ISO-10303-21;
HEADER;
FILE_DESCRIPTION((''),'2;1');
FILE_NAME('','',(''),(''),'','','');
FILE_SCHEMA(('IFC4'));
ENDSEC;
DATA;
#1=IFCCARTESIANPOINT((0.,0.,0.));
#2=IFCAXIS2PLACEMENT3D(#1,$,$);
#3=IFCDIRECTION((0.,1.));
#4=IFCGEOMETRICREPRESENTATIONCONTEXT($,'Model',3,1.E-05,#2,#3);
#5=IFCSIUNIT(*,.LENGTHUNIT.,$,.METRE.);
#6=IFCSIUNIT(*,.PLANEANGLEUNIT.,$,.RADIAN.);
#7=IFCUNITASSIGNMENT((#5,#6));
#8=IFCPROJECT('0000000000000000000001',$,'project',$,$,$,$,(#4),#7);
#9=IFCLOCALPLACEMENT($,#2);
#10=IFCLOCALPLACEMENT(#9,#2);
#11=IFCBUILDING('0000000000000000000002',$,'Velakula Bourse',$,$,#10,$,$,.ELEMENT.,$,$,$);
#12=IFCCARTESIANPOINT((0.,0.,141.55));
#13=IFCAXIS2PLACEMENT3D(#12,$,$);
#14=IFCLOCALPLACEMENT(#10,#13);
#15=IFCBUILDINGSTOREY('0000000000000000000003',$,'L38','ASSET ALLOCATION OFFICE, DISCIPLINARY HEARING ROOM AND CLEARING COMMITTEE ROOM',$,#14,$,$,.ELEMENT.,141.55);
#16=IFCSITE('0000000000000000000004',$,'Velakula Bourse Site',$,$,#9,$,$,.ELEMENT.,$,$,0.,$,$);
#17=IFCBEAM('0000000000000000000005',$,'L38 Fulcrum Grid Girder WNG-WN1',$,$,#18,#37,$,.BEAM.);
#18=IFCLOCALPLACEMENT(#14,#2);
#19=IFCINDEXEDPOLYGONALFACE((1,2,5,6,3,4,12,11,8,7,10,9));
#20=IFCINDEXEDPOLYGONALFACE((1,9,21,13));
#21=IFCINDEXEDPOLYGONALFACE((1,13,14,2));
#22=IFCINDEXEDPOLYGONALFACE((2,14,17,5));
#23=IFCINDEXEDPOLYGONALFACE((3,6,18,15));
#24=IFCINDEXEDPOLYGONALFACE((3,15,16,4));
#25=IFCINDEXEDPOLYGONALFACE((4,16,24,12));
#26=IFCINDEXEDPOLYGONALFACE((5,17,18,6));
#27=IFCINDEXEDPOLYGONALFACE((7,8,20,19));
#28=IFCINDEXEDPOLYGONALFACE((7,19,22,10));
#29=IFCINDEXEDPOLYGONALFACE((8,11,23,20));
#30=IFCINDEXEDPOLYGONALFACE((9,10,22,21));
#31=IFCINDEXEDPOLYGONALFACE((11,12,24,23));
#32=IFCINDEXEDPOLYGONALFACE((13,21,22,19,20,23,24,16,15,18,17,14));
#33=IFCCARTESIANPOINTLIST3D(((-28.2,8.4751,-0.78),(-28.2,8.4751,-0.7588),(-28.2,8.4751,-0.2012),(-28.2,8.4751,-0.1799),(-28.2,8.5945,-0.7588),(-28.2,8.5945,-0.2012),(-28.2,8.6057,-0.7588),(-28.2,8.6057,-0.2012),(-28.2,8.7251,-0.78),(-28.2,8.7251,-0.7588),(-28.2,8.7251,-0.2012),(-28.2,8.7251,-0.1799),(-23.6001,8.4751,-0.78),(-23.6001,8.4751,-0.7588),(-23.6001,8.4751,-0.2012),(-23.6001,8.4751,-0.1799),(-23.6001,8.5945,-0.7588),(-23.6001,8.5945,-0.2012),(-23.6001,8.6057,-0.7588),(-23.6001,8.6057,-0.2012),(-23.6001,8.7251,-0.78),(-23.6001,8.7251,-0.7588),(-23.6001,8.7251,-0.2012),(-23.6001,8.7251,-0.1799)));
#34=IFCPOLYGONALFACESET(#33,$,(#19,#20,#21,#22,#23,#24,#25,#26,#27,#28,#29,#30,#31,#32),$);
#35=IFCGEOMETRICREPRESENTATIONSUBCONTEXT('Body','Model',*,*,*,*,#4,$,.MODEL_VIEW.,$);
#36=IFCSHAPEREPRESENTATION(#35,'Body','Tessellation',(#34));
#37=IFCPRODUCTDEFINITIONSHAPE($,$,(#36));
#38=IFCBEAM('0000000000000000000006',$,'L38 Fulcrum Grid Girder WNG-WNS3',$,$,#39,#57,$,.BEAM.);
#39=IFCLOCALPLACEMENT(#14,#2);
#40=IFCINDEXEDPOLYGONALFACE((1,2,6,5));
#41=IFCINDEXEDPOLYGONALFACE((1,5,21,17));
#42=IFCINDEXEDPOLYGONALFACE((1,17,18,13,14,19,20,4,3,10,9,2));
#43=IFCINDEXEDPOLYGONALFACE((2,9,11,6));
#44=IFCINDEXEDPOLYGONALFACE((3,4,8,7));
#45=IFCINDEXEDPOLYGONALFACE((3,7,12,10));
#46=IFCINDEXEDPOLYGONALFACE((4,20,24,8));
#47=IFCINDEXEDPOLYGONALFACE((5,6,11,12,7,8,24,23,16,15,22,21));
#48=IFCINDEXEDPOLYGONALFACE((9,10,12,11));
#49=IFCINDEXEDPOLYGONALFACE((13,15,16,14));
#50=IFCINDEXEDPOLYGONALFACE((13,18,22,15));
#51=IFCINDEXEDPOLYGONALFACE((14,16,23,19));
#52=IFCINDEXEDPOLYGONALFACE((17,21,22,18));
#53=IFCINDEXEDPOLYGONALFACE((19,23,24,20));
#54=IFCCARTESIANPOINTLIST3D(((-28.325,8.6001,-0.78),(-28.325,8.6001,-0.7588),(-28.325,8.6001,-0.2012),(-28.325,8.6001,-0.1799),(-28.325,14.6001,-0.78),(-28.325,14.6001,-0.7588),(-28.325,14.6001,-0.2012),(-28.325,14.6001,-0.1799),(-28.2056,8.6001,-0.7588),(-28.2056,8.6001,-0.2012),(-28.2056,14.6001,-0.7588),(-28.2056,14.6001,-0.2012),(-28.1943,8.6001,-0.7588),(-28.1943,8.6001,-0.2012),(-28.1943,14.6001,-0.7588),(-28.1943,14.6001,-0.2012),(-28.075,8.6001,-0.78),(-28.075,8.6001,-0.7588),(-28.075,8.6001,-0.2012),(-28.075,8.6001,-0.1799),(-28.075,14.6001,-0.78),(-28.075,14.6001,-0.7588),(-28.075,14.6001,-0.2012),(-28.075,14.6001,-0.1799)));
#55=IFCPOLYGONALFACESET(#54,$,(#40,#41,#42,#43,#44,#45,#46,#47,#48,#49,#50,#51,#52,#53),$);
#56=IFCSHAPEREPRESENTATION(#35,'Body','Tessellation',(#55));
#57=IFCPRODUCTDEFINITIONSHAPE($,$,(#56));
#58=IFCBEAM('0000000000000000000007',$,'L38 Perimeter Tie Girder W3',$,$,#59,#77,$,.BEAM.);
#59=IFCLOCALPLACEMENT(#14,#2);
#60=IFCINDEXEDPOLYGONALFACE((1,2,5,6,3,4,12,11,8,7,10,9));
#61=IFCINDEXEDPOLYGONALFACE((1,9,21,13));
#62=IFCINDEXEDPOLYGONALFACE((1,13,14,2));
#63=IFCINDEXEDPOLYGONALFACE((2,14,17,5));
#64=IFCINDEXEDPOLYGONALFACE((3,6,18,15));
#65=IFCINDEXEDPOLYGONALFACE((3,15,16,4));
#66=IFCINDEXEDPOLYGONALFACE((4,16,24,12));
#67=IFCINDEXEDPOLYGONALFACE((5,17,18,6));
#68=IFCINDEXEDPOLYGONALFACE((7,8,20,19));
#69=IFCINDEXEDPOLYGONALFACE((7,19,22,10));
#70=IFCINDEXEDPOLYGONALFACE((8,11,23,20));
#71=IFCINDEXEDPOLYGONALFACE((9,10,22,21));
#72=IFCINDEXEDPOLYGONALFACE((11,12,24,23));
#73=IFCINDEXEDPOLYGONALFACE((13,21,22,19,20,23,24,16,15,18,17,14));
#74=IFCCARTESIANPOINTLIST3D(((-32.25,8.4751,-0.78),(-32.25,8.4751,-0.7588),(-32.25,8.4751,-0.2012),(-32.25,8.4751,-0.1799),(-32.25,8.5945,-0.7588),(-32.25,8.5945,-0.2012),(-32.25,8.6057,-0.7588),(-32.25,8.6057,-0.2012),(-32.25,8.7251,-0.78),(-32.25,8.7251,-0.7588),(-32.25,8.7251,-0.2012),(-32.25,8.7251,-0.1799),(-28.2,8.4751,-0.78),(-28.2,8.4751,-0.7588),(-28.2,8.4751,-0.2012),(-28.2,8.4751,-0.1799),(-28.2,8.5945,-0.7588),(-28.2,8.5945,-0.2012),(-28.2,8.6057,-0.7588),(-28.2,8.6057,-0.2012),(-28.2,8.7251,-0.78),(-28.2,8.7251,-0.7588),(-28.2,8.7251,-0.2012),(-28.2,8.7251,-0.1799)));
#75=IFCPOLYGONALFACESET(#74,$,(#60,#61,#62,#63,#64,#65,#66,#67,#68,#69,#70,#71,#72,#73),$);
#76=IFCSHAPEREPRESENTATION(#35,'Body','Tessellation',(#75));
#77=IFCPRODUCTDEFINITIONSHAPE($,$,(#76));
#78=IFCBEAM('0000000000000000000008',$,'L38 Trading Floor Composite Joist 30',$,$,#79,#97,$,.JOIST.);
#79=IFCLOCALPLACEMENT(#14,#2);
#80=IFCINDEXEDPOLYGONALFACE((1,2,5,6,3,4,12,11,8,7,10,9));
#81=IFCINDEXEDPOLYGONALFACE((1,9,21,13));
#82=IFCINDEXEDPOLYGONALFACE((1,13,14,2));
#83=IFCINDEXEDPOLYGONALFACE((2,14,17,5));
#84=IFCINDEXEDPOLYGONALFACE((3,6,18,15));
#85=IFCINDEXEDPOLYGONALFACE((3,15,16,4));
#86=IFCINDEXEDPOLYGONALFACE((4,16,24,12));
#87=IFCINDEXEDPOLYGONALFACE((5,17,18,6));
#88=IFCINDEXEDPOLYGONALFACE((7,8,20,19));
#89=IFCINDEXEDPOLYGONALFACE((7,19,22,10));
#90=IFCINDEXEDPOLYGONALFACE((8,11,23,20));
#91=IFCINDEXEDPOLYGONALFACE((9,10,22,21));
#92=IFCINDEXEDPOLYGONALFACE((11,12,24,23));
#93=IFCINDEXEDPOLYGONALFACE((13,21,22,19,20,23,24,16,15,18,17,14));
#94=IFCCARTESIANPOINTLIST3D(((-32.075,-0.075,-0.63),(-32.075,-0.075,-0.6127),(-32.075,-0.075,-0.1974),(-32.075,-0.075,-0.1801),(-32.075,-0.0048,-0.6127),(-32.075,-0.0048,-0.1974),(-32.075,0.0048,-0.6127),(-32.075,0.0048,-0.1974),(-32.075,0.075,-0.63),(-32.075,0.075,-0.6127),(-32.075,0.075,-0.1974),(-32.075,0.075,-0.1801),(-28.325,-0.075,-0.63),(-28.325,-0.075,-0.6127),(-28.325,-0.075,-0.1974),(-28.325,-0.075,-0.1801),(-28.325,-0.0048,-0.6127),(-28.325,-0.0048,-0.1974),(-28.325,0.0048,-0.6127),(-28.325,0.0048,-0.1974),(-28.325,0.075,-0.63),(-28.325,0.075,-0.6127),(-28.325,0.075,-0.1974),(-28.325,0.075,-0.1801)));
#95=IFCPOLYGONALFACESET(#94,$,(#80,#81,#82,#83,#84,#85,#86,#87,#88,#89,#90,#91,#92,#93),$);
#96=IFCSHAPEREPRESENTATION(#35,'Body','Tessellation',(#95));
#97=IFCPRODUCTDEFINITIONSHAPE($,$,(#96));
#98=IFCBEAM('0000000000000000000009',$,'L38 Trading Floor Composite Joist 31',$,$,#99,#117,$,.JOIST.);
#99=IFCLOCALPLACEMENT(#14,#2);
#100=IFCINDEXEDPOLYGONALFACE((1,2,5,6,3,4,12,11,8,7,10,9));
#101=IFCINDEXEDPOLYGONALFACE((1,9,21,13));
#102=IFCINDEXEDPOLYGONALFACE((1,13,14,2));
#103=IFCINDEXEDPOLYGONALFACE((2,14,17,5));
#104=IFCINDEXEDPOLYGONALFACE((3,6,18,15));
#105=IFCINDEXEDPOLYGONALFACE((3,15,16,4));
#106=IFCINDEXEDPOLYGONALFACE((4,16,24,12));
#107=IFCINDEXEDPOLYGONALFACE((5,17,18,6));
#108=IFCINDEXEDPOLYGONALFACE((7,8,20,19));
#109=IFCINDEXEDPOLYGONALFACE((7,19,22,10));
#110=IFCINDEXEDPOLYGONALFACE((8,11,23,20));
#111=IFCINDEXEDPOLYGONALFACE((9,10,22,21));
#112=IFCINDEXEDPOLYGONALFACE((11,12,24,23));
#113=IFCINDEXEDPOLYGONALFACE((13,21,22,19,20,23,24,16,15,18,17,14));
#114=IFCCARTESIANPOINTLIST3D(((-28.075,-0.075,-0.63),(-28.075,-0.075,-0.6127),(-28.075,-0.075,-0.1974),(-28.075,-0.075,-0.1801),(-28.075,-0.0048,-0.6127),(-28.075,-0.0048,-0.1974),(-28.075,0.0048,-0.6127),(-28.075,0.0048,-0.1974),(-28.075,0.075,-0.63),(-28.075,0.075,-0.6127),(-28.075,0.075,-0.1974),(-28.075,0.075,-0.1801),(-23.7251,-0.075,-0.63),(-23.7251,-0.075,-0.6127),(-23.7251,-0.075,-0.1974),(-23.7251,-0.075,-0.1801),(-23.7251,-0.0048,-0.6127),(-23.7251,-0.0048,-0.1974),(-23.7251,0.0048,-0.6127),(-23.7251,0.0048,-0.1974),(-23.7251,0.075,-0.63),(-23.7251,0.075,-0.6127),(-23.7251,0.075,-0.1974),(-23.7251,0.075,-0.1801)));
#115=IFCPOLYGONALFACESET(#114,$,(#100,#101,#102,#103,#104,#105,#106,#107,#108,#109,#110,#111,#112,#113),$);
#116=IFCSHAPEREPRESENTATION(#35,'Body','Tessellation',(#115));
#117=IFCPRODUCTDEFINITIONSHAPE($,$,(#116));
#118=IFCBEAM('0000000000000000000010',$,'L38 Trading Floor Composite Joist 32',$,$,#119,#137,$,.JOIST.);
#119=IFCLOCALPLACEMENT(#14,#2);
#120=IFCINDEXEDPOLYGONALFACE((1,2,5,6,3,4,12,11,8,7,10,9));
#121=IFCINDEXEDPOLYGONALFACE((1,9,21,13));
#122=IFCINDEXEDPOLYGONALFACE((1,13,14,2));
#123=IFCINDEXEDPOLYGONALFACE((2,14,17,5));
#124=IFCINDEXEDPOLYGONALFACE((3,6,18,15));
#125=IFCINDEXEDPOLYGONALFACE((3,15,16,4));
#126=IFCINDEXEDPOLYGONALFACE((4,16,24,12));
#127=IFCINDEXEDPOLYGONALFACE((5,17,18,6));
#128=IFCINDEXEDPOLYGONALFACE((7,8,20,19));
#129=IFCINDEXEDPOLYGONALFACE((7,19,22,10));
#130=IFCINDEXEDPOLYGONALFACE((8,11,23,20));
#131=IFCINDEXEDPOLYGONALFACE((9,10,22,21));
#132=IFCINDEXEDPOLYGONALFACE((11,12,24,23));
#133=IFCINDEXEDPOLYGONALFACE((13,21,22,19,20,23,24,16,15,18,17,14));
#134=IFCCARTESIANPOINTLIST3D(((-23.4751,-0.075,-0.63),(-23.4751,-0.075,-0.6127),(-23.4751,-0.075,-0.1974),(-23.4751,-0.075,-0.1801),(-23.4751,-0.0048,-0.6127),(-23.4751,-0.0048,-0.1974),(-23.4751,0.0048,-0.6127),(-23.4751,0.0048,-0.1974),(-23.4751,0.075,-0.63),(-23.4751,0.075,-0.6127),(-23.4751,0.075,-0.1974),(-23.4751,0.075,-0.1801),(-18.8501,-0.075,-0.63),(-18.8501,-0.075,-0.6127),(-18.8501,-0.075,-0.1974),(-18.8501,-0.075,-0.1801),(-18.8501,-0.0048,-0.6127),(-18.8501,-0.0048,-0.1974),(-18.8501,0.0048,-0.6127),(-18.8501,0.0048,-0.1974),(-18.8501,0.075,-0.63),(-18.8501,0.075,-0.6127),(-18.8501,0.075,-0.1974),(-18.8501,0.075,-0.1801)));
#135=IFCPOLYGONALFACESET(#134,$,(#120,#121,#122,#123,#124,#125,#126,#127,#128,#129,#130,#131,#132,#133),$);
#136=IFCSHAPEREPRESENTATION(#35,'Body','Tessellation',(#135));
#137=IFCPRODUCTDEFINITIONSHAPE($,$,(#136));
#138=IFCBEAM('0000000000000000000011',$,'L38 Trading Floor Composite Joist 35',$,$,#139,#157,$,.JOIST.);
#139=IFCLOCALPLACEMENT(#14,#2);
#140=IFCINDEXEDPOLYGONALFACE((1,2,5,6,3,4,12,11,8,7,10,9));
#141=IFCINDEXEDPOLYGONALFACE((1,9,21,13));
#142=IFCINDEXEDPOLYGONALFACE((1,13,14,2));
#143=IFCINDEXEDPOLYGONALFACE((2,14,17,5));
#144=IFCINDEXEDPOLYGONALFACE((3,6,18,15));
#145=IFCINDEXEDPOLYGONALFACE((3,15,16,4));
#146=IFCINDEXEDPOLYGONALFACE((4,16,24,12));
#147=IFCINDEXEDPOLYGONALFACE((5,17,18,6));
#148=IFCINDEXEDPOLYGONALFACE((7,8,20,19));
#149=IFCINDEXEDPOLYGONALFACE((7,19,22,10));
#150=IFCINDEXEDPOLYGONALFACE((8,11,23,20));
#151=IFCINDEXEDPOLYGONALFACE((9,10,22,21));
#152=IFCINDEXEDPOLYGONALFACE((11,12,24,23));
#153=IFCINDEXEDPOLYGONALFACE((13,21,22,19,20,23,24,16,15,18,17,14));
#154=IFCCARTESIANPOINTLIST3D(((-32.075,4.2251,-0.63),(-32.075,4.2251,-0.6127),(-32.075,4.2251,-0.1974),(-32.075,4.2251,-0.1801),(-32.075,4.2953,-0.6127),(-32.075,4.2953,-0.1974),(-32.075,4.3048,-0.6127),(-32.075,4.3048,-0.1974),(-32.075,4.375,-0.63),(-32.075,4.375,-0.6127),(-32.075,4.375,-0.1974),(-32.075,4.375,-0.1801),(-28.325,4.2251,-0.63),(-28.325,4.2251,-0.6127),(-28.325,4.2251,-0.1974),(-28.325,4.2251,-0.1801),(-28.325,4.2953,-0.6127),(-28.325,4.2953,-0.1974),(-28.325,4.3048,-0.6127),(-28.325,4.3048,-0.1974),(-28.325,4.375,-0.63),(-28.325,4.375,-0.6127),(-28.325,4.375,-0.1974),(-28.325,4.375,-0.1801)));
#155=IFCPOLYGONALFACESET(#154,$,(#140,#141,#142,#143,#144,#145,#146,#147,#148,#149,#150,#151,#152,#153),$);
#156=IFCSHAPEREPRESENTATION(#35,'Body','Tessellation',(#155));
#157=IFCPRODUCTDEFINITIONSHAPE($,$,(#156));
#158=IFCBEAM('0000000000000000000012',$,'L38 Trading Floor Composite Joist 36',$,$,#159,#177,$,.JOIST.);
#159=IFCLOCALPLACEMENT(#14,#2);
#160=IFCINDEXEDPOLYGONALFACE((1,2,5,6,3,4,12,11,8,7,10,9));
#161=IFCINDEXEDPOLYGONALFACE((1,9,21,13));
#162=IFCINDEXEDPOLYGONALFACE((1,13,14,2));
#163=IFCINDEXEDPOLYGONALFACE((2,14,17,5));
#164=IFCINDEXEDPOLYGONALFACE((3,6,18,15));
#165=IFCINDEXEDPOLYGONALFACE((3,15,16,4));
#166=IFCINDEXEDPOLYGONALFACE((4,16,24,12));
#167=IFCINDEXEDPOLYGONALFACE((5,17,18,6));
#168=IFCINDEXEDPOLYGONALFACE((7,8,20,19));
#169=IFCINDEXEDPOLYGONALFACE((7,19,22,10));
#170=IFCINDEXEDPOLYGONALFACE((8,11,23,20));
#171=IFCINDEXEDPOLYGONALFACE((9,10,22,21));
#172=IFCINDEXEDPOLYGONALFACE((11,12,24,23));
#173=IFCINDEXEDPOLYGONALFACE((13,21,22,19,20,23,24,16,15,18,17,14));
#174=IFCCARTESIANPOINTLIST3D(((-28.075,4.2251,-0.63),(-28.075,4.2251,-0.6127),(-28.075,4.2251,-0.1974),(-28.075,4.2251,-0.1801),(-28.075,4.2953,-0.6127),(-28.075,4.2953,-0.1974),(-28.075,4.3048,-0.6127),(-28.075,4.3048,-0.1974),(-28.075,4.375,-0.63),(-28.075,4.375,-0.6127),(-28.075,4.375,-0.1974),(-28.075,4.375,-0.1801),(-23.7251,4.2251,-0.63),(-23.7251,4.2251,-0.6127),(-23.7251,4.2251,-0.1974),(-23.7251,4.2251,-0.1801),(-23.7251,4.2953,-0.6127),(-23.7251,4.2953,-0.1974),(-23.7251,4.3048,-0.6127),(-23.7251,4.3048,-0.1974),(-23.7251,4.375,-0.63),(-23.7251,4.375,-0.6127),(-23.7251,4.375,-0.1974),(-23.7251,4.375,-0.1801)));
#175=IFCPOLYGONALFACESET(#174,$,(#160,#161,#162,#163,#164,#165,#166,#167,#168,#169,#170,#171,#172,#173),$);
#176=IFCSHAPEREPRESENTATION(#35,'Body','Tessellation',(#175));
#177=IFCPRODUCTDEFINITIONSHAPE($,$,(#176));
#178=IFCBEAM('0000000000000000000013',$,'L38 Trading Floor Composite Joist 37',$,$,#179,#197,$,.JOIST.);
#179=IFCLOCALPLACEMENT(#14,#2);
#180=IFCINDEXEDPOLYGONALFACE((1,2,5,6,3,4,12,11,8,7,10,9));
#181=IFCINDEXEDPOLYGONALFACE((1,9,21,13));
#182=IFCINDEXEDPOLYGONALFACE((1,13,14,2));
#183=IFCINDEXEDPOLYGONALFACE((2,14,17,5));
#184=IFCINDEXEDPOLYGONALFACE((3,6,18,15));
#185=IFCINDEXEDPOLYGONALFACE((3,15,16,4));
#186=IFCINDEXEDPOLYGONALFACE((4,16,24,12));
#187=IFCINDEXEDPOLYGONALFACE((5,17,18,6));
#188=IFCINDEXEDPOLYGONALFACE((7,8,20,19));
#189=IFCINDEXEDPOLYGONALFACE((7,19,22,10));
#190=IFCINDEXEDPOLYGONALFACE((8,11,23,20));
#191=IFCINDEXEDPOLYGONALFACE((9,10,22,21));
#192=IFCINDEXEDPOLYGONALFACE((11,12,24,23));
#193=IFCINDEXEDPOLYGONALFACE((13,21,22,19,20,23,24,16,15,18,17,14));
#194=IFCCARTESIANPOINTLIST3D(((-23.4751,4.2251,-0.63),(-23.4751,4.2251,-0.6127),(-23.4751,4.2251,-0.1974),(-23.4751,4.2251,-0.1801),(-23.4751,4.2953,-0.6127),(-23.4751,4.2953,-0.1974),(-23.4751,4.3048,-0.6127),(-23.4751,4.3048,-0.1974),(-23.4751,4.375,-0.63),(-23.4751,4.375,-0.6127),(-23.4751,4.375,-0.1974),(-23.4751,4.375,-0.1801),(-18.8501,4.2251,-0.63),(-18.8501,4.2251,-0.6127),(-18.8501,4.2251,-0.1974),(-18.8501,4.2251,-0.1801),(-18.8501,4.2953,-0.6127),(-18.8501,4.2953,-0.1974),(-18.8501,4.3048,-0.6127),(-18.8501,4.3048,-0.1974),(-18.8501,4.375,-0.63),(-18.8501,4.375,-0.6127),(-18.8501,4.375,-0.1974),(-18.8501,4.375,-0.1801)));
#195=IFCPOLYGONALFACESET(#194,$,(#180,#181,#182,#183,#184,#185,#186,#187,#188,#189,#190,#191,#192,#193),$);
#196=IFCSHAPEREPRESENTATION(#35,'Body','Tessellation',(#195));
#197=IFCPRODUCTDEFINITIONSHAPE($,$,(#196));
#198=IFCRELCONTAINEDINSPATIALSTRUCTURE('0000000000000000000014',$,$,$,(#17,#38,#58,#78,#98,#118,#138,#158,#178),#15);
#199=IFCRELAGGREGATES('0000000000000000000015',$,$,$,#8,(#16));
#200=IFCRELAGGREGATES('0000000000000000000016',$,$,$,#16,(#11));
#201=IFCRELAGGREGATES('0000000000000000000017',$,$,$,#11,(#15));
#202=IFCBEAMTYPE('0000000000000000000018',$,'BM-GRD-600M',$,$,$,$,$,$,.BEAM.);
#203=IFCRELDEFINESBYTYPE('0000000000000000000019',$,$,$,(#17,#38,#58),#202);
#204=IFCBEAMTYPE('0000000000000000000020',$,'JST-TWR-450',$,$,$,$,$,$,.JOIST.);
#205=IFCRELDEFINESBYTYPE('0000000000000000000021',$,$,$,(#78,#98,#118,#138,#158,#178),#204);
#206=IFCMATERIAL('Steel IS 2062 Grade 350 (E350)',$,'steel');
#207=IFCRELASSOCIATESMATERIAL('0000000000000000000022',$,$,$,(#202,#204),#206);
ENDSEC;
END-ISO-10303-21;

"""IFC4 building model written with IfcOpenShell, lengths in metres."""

from ifc_helpers import new_model, si_unit, direction, frame, origin, origin_2d, place, context, subcontext, project, spatial, i_section, extrude, material, material_profile, profile_set, type_object, element, save


model = new_model("IFC4")

# Units and contexts
model_context = context("Model", 3, precision=1e-05, world=origin(), true_north=direction((0.0, 1.0)))
body_context = subcontext(model_context, "Body", "Model", "MODEL_VIEW")
ifc_project = project(units=[si_unit("LENGTHUNIT", "METRE"), si_unit("PLANEANGLEUNIT", "RADIAN")], contexts=[model_context])

# Site, building, storey
site_placement = place(None, origin())
site = spatial("IfcSite", under=ifc_project, at=site_placement, Name="Velakula Bourse Site", CompositionType="ELEMENT", RefElevation=0.0)
building_placement = place(site_placement, origin())
building = spatial("IfcBuilding", under=site, at=building_placement, Name="Velakula Bourse", CompositionType="ELEMENT")
storey_placement = place(building_placement, frame((0.0, 0.0, 141.55)))
storey = spatial("IfcBuildingStorey", under=building, at=storey_placement, Name="L38", Description="ASSET ALLOCATION OFFICE, DISCIPLINARY HEARING ROOM AND CLEARING COMMITTEE ROOM", CompositionType="ELEMENT", Elevation=141.55)

# Shared definitions
ifc_material_1 = material(Name="Steel IS 2062 Grade 350 (E350)", Category="steel")

# Beams
ifc_material_profile_1 = material_profile(ifc_material_1, i_section(OverallWidth=0.25, OverallDepth=0.6001, WebThickness=0.0112, FlangeThickness=0.0212, at=origin_2d()), Name="Steel IS 2062 Grade 350 (E350)")
ifc_profile_set_1 = profile_set([ifc_material_profile_1], Name="Steel IS 2062 Grade 350 (E350)")
beam_type_1 = type_object("IfcBeamType", Name="BM-GRD-600M", PredefinedType="BEAM", material=ifc_profile_set_1)
beam_1_placement = place(storey_placement, frame((-28.2, 8.6001, -0.48), z_axis=(1.0, 0.0, 0.0), x_axis=(0.0, 1.0, 0.0)))
element("IfcBeam", 1, at=beam_1_placement, inside=storey, type_object=beam_type_1, Name="L38 Fulcrum Grid Girder WNG-WN1", PredefinedType="BEAM", context=body_context, shape_type="SweptSolid", body=[
    extrude(i_section(OverallWidth=0.25, OverallDepth=0.6001, WebThickness=0.0112, FlangeThickness=0.0212, at=origin_2d()), origin(), (0.0, 0.0, 1.0), 4.5999),
])
beam_2_placement = place(storey_placement, frame((-28.2, 8.6001, -0.48), z_axis=(0.0, 1.0, 0.0), x_axis=(-1.0, 0.0, 0.0)))
element("IfcBeam", 2, at=beam_2_placement, inside=storey, type_object=beam_type_1, Name="L38 Fulcrum Grid Girder WNG-WNS3", PredefinedType="BEAM", context=body_context, shape_type="SweptSolid", body=[
    extrude(i_section(OverallWidth=0.25, OverallDepth=0.6001, WebThickness=0.0112, FlangeThickness=0.0212, at=origin_2d()), origin(), (0.0, 0.0, 1.0), 6.0),
])
beam_3_placement = place(storey_placement, frame((-28.2, 8.6001, -0.48), z_axis=(-1.0, 0.0, 0.0), x_axis=(0.0, -1.0, 0.0)))
element("IfcBeam", 3, at=beam_3_placement, inside=storey, type_object=beam_type_1, Name="L38 Perimeter Tie Girder W3", PredefinedType="BEAM", context=body_context, shape_type="SweptSolid", body=[
    extrude(i_section(OverallWidth=0.25, OverallDepth=0.6001, WebThickness=0.0112, FlangeThickness=0.0212, at=origin_2d()), origin(), (0.0, 0.0, 1.0), 4.05),
])
ifc_material_profile_2 = material_profile(ifc_material_1, i_section(OverallWidth=0.1499, OverallDepth=0.45, WebThickness=0.0095, FlangeThickness=0.0173, at=origin_2d()), Name="Steel IS 2062 Grade 350 (E350)")
ifc_profile_set_2 = profile_set([ifc_material_profile_2], Name="Steel IS 2062 Grade 350 (E350)")
beam_type_2 = type_object("IfcBeamType", Name="JST-TWR-450", PredefinedType="JOIST", material=ifc_profile_set_2)
beam_4_placement = place(storey_placement, frame((-32.075, 0.0, -0.405), z_axis=(1.0, 0.0, 0.0), x_axis=(0.0, 1.0, 0.0)))
element("IfcBeam", 4, at=beam_4_placement, inside=storey, type_object=beam_type_2, Name="L38 Trading Floor Composite Joist 30", PredefinedType="JOIST", context=body_context, shape_type="SweptSolid", body=[
    extrude(i_section(OverallWidth=0.1499, OverallDepth=0.45, WebThickness=0.0095, FlangeThickness=0.0173, at=origin_2d()), origin(), (0.0, 0.0, 1.0), 3.75),
])
beam_5_placement = place(storey_placement, frame((-28.075, 0.0, -0.405), z_axis=(1.0, 0.0, 0.0), x_axis=(0.0, 1.0, 0.0)))
element("IfcBeam", 5, at=beam_5_placement, inside=storey, type_object=beam_type_2, Name="L38 Trading Floor Composite Joist 31", PredefinedType="JOIST", context=body_context, shape_type="SweptSolid", body=[
    extrude(i_section(OverallWidth=0.1499, OverallDepth=0.45, WebThickness=0.0095, FlangeThickness=0.0173, at=origin_2d()), origin(), (0.0, 0.0, 1.0), 4.3499),
])
beam_6_placement = place(storey_placement, frame((-23.4751, 0.0, -0.405), z_axis=(1.0, 0.0, 0.0), x_axis=(0.0, 1.0, 0.0)))
element("IfcBeam", 6, at=beam_6_placement, inside=storey, type_object=beam_type_2, Name="L38 Trading Floor Composite Joist 32", PredefinedType="JOIST", context=body_context, shape_type="SweptSolid", body=[
    extrude(i_section(OverallWidth=0.1499, OverallDepth=0.45, WebThickness=0.0095, FlangeThickness=0.0173, at=origin_2d()), origin(), (0.0, 0.0, 1.0), 4.625),
])
beam_7_placement = place(storey_placement, frame((-32.075, 4.3, -0.405), z_axis=(1.0, 0.0, 0.0), x_axis=(0.0, 1.0, 0.0)))
element("IfcBeam", 7, at=beam_7_placement, inside=storey, type_object=beam_type_2, Name="L38 Trading Floor Composite Joist 35", PredefinedType="JOIST", context=body_context, shape_type="SweptSolid", body=[
    extrude(i_section(OverallWidth=0.1499, OverallDepth=0.45, WebThickness=0.0095, FlangeThickness=0.0173, at=origin_2d()), origin(), (0.0, 0.0, 1.0), 3.75),
])
beam_8_placement = place(storey_placement, frame((-28.075, 4.3, -0.405), z_axis=(1.0, 0.0, 0.0), x_axis=(0.0, 1.0, 0.0)))
element("IfcBeam", 8, at=beam_8_placement, inside=storey, type_object=beam_type_2, Name="L38 Trading Floor Composite Joist 36", PredefinedType="JOIST", context=body_context, shape_type="SweptSolid", body=[
    extrude(i_section(OverallWidth=0.1499, OverallDepth=0.45, WebThickness=0.0095, FlangeThickness=0.0173, at=origin_2d()), origin(), (0.0, 0.0, 1.0), 4.3499),
])
beam_9_placement = place(storey_placement, frame((-23.4751, 4.3, -0.405), z_axis=(1.0, 0.0, 0.0), x_axis=(0.0, 1.0, 0.0)))
element("IfcBeam", 9, at=beam_9_placement, inside=storey, type_object=beam_type_2, Name="L38 Trading Floor Composite Joist 37", PredefinedType="JOIST", context=body_context, shape_type="SweptSolid", body=[
    extrude(i_section(OverallWidth=0.1499, OverallDepth=0.45, WebThickness=0.0095, FlangeThickness=0.0173, at=origin_2d()), origin(), (0.0, 0.0, 1.0), 4.625),
])

save(model, "model.ifc")
